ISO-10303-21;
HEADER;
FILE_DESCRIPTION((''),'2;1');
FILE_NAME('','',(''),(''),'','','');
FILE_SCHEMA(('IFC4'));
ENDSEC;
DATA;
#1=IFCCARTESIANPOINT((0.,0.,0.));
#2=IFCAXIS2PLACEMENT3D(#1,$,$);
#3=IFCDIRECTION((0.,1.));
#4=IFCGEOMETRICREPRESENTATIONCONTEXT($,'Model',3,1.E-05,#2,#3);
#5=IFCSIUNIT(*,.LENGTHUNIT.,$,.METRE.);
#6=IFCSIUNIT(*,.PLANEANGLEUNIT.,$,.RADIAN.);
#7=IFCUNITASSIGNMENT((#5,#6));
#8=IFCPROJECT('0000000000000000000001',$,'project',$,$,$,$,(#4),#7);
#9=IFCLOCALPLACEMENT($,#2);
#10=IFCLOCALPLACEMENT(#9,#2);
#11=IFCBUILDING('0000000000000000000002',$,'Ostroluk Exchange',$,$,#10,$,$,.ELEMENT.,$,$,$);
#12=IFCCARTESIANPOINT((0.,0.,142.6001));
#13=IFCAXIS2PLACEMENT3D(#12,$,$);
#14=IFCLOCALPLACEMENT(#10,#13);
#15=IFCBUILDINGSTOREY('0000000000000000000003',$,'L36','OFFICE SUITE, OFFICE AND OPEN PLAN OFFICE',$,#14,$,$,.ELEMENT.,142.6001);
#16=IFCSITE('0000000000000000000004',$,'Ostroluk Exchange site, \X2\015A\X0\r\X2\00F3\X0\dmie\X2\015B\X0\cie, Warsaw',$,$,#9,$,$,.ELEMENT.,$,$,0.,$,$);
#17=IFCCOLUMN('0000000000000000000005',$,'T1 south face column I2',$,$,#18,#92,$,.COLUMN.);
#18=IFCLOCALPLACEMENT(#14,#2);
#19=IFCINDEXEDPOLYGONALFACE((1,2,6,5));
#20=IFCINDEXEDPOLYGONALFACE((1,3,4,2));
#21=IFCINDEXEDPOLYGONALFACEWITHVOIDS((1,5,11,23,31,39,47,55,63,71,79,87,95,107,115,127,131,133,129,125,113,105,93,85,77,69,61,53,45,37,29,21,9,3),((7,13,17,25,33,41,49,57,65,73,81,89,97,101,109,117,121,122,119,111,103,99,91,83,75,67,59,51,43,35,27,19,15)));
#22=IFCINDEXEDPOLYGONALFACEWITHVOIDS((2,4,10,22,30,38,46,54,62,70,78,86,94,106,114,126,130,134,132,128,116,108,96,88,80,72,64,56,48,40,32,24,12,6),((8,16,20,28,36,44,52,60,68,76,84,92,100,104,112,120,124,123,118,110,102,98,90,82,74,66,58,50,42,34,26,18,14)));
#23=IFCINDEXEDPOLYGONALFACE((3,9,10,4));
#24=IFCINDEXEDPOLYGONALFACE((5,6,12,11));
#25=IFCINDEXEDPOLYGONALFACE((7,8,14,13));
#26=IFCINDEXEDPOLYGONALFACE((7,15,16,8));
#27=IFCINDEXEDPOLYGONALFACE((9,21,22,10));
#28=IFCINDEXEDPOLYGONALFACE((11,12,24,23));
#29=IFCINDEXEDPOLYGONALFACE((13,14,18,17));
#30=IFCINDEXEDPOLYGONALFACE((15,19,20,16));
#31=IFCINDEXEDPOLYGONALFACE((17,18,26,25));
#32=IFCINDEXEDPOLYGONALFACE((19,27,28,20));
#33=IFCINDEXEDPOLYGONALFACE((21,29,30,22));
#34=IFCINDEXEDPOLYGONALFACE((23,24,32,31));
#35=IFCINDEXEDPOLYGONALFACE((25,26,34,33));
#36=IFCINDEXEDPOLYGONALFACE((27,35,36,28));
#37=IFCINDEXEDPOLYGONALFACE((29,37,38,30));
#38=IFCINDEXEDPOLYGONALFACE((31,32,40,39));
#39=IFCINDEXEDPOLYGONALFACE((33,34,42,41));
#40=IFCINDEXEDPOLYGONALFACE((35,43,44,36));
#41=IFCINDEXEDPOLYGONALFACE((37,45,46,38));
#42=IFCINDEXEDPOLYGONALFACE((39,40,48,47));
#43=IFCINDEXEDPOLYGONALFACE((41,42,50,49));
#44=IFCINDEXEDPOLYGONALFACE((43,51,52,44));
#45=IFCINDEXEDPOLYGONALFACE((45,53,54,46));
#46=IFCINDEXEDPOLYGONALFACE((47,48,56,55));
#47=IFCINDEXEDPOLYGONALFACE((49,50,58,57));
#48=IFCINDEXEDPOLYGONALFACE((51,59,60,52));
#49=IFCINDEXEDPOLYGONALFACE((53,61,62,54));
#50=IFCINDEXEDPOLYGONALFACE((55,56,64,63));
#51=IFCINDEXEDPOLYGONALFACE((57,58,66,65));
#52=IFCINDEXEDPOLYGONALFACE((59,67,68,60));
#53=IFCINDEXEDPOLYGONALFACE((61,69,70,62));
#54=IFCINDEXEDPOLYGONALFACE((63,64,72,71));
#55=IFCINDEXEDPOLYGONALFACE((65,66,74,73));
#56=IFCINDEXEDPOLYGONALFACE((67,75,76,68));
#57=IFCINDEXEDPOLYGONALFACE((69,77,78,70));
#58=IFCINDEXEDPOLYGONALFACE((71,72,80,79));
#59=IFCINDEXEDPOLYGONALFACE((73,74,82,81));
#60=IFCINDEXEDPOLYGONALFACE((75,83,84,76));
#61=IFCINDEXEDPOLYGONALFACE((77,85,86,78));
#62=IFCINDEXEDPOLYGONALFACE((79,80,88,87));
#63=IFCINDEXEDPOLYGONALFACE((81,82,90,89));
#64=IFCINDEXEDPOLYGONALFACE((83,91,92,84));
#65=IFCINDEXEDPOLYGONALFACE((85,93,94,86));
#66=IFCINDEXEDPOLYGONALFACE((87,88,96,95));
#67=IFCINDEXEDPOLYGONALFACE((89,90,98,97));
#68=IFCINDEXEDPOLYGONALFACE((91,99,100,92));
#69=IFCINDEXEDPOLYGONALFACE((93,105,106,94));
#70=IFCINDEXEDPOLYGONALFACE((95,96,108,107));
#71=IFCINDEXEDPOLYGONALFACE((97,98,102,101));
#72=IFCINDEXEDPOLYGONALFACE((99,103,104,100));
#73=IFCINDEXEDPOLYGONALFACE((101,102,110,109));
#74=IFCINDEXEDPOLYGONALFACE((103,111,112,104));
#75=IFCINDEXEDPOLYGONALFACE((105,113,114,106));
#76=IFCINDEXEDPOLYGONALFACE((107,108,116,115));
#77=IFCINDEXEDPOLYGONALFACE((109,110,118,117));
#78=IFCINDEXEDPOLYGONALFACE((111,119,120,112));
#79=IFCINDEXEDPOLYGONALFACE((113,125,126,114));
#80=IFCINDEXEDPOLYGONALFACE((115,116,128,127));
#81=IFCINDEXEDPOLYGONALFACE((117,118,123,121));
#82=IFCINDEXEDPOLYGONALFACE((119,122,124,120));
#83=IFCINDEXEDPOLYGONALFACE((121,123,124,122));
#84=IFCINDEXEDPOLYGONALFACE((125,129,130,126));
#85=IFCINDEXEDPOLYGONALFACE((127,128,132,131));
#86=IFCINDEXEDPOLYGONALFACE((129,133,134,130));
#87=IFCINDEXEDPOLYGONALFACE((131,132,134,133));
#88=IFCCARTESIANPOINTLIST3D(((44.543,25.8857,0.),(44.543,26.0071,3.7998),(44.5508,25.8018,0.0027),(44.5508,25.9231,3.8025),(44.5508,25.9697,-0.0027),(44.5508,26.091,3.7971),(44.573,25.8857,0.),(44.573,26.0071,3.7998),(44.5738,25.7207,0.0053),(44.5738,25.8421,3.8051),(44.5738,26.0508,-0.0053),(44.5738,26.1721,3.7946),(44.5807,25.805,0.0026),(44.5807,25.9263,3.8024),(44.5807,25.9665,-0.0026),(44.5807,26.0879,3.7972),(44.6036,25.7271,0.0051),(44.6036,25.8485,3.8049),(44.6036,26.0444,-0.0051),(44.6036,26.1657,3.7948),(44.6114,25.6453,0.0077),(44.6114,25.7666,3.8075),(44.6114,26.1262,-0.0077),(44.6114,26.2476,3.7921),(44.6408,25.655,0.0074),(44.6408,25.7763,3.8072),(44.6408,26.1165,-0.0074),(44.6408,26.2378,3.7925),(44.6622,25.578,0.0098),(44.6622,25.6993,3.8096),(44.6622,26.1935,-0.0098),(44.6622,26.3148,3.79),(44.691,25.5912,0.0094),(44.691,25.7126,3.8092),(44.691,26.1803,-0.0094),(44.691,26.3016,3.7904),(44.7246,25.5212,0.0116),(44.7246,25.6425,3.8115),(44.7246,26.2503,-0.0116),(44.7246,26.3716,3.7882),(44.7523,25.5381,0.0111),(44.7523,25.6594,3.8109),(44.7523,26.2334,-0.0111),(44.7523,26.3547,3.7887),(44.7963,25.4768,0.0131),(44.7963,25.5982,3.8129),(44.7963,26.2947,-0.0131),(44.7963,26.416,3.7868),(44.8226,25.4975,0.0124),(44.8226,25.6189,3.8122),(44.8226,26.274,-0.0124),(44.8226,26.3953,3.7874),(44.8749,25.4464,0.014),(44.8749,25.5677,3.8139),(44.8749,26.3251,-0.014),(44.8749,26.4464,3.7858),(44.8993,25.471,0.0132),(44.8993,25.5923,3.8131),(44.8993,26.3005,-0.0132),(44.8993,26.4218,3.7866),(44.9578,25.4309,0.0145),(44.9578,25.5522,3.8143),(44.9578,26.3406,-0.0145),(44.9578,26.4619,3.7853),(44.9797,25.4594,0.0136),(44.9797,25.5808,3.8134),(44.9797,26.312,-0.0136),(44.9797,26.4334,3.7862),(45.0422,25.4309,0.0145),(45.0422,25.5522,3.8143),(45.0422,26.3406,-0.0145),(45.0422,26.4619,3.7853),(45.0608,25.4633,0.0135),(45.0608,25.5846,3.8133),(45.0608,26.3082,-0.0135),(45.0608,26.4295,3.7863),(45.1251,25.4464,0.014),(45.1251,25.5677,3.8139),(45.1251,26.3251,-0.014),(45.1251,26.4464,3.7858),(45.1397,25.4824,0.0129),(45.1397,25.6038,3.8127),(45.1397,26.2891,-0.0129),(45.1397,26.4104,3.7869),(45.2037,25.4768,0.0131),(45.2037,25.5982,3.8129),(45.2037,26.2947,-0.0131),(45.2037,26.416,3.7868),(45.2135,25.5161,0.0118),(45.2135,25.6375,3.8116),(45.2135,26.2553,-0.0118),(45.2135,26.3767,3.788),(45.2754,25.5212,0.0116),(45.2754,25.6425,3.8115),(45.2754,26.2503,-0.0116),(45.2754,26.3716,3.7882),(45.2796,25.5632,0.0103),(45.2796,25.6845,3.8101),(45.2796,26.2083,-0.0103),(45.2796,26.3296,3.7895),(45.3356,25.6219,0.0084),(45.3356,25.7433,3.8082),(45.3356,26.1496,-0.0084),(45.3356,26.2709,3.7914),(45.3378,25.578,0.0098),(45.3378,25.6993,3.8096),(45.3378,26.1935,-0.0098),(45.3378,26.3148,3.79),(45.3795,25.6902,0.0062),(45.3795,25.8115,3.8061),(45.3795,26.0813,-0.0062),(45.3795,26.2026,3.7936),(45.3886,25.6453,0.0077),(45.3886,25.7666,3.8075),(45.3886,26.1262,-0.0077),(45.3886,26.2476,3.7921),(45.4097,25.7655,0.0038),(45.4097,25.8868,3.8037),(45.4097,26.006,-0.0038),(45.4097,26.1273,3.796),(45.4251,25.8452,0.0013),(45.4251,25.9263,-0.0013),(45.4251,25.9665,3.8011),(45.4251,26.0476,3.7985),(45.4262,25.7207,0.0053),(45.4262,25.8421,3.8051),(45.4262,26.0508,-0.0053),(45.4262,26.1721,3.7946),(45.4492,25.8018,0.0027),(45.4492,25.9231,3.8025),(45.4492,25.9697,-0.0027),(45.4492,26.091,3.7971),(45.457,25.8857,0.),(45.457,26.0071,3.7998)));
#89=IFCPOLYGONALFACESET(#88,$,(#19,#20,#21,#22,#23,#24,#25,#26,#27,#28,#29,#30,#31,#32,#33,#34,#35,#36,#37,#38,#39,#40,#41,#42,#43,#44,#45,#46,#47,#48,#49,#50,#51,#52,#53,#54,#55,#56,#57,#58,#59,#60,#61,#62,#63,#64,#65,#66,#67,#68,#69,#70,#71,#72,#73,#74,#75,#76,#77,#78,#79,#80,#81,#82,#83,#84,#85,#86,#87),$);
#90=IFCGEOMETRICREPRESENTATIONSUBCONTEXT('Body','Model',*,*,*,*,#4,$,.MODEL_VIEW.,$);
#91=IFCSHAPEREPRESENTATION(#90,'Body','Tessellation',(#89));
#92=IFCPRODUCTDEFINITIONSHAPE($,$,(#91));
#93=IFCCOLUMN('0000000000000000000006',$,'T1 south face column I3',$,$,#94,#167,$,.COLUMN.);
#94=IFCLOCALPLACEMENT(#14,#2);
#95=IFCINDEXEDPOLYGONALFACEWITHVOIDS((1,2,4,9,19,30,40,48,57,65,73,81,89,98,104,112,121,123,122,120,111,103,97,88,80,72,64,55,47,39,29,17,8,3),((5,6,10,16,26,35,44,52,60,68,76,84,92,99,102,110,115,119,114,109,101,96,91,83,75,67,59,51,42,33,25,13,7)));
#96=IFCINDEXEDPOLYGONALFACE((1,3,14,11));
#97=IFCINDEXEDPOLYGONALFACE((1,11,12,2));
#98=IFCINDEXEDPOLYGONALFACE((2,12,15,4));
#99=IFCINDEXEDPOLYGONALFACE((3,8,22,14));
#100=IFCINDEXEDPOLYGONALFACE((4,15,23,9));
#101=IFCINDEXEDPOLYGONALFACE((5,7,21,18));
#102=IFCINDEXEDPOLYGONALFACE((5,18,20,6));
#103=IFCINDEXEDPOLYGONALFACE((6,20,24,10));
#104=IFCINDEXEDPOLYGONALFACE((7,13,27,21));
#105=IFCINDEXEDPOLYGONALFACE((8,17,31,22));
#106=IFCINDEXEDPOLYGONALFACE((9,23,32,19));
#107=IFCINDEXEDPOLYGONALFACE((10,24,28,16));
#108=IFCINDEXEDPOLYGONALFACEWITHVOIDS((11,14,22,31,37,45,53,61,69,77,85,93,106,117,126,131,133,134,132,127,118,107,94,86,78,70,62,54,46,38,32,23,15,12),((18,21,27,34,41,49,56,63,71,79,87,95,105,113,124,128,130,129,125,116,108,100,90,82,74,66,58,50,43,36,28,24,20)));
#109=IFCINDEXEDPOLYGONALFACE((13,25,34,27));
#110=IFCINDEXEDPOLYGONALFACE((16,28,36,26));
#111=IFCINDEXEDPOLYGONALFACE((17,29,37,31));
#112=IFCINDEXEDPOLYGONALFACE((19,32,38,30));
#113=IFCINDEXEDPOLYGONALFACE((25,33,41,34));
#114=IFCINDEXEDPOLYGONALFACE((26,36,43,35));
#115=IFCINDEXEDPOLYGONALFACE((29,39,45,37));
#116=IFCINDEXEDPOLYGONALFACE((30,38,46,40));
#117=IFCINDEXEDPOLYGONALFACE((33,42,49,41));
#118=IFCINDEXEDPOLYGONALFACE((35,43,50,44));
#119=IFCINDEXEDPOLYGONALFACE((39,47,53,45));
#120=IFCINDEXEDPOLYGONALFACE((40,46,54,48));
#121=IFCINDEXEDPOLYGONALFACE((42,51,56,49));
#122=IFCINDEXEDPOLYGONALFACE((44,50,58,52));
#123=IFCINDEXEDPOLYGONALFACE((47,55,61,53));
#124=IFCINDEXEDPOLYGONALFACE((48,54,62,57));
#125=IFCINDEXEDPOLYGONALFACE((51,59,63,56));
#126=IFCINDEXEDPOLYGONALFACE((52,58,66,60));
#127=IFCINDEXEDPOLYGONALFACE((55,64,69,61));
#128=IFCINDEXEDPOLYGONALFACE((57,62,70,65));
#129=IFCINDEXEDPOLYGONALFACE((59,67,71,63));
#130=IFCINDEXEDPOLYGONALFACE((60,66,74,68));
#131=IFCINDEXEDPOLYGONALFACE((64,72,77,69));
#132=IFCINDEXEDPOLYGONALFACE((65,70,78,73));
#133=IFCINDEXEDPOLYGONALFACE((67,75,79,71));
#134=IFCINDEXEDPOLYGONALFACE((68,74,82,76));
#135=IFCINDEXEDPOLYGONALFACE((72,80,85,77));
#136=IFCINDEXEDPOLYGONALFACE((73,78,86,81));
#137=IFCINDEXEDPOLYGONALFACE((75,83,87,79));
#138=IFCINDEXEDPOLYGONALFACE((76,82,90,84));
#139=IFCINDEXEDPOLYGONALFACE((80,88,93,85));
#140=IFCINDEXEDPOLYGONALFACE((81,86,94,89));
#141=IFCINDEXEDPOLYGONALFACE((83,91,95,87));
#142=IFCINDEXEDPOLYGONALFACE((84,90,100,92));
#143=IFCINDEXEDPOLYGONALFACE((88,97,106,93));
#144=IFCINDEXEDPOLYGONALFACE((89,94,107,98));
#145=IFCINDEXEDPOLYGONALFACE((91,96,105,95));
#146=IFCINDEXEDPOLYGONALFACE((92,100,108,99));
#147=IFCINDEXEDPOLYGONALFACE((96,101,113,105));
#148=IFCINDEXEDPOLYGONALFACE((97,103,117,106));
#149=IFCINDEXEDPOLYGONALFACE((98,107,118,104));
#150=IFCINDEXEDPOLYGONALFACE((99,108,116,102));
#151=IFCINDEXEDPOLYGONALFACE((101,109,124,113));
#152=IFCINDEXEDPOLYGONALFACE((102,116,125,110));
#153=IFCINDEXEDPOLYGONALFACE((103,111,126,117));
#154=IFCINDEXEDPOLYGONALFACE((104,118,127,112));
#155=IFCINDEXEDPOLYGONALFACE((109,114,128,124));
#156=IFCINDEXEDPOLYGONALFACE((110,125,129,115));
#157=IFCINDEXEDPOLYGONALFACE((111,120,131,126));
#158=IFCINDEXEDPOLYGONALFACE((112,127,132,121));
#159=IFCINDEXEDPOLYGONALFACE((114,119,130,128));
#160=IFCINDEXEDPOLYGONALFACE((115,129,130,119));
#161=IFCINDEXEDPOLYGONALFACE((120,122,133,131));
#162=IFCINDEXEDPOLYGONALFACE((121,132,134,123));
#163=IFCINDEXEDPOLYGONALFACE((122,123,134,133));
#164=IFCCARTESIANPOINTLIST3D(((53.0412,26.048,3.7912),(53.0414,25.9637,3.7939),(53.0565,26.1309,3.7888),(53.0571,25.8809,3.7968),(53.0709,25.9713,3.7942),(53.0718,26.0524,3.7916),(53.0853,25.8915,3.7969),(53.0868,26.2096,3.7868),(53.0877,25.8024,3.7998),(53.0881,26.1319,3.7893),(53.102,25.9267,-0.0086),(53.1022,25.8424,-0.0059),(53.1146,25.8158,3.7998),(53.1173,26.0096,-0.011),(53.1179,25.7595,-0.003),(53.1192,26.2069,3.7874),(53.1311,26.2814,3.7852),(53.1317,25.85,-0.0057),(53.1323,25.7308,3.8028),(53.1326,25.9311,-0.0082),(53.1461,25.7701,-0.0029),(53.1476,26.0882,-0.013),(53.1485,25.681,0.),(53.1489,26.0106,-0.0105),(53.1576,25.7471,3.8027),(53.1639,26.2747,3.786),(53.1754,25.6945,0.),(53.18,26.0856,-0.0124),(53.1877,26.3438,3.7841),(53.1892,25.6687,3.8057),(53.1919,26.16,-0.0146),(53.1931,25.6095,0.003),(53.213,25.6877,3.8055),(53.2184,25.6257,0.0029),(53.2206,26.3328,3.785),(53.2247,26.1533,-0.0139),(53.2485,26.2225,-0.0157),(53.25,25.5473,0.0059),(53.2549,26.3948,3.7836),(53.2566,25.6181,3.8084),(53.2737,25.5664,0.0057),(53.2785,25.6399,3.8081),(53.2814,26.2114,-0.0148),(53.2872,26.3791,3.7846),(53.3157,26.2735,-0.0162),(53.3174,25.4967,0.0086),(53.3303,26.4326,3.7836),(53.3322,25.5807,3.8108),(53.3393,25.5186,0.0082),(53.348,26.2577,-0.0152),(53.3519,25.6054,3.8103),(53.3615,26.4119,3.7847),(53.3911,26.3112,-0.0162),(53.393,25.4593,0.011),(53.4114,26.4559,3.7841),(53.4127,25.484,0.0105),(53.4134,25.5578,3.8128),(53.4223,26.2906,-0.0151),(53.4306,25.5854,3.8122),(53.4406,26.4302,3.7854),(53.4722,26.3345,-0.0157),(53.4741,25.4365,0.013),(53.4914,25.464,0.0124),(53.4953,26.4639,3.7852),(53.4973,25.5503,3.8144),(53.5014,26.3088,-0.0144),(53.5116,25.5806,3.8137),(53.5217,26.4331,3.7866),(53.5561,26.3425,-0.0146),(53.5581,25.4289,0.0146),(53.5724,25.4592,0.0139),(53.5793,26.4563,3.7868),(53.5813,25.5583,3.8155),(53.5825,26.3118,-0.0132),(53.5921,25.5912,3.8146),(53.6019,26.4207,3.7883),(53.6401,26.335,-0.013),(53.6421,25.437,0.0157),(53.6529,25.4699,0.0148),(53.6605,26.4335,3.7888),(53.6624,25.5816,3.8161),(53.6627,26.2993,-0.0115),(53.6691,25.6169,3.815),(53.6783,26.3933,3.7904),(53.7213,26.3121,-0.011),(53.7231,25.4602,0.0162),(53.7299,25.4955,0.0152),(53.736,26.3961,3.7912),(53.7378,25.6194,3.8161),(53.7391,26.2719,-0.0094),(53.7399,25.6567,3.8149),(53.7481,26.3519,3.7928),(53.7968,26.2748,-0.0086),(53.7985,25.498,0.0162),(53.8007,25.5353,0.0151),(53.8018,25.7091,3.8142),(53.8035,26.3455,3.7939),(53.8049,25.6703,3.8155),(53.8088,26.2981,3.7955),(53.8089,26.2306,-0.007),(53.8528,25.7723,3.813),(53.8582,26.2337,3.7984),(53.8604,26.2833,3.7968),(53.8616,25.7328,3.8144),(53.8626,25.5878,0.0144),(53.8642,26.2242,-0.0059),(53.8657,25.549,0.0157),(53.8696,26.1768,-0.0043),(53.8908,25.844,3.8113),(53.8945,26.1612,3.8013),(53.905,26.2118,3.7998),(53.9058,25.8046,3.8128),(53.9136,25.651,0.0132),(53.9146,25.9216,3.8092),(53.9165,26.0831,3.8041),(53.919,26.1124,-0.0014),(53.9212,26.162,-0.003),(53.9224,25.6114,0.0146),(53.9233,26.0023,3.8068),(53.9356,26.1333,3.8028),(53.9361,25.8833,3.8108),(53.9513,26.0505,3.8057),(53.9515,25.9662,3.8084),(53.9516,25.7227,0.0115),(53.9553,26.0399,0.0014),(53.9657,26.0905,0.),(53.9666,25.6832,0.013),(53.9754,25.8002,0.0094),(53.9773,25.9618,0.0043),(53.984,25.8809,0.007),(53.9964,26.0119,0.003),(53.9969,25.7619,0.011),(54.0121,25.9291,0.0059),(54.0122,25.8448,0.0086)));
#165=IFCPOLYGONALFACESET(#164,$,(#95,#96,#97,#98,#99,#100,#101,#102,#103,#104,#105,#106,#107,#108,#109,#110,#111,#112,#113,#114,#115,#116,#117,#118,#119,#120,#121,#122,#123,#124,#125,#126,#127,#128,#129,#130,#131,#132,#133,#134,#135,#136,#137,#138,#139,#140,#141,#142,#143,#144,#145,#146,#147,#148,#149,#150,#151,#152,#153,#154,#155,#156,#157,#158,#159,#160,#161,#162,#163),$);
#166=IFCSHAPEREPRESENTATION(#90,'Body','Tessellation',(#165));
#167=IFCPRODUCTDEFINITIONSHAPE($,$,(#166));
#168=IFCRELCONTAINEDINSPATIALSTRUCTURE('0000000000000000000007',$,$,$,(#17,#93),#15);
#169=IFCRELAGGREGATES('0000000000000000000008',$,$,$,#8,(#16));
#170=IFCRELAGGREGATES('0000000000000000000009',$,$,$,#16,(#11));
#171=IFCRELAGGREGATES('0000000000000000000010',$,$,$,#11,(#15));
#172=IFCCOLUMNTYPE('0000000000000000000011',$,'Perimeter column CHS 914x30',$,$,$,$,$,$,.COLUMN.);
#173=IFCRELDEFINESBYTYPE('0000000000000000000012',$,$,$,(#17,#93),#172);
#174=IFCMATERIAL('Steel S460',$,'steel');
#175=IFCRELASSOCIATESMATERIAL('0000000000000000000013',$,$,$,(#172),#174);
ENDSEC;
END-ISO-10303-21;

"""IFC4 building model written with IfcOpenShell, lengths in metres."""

from ifc_helpers import new_model, si_unit, direction, frame, origin, origin_2d, place, context, subcontext, project, spatial, hollow_circle, extrude, material, material_profile, profile_set, type_object, element, save


model = new_model("IFC4")

# Units and contexts
model_context = context("Model", 3, precision=1e-05, world=origin(), true_north=direction((0.0, 1.0)))
body_context = subcontext(model_context, "Body", "Model", "MODEL_VIEW")
ifc_project = project(units=[si_unit("LENGTHUNIT", "METRE"), si_unit("PLANEANGLEUNIT", "RADIAN")], contexts=[model_context])

# Site, building, storey
site_placement = place(None, origin())
site = spatial("IfcSite", under=ifc_project, at=site_placement, Name="Ostroluk Exchange site, Śródmieście, Warsaw", CompositionType="ELEMENT", RefElevation=0.0)
building_placement = place(site_placement, origin())
building = spatial("IfcBuilding", under=site, at=building_placement, Name="Ostroluk Exchange", CompositionType="ELEMENT")
storey_placement = place(building_placement, frame((0.0, 0.0, 142.6001)))
storey = spatial("IfcBuildingStorey", under=building, at=storey_placement, Name="L36", Description="OFFICE SUITE, OFFICE AND OPEN PLAN OFFICE", CompositionType="ELEMENT", Elevation=142.6001)

# Columns
ifc_material_1 = material(Name="Steel S460", Category="steel")
ifc_material_profile_1 = material_profile(ifc_material_1, hollow_circle(Radius=0.457, WallThickness=0.03, at=origin_2d()), Name="CHS 914x30")
ifc_profile_set_1 = profile_set([ifc_material_profile_1], Name="Steel S460")
column_type = type_object("IfcColumnType", Name="Perimeter column CHS 914x30", PredefinedType="COLUMN", material=ifc_profile_set_1)
column_1_placement = place(storey_placement, frame((45.0, 25.8857, 0.0), z_axis=(0.0, 0.031916, 0.999491), x_axis=(-1.0, 0.0, 0.0)))
element("IfcColumn", 1, at=column_1_placement, inside=storey, type_object=column_type, Name="T1 south face column I2", PredefinedType="COLUMN", context=body_context, shape_type="SweptSolid", body=[
    extrude(hollow_circle(Radius=0.457, WallThickness=0.03, at=origin_2d()), origin(), (0.0, 0.0, 1.0), 3.8018),
])
column_2_placement = place(storey_placement, frame((53.5571, 25.8857, 0.0), z_axis=(-0.015988, 0.031912, 0.999363), x_axis=(-0.894067, -0.447933, 0.0)))
element("IfcColumn", 2, at=column_2_placement, inside=storey, type_object=column_type, Name="T1 south face column I3", PredefinedType="COLUMN", context=body_context, shape_type="SweptSolid", body=[
    extrude(hollow_circle(Radius=0.457, WallThickness=0.03, at=origin_2d()), origin(), (0.0, 0.0, 1.0), 3.8022),
])

save(model, "model.ifc")
